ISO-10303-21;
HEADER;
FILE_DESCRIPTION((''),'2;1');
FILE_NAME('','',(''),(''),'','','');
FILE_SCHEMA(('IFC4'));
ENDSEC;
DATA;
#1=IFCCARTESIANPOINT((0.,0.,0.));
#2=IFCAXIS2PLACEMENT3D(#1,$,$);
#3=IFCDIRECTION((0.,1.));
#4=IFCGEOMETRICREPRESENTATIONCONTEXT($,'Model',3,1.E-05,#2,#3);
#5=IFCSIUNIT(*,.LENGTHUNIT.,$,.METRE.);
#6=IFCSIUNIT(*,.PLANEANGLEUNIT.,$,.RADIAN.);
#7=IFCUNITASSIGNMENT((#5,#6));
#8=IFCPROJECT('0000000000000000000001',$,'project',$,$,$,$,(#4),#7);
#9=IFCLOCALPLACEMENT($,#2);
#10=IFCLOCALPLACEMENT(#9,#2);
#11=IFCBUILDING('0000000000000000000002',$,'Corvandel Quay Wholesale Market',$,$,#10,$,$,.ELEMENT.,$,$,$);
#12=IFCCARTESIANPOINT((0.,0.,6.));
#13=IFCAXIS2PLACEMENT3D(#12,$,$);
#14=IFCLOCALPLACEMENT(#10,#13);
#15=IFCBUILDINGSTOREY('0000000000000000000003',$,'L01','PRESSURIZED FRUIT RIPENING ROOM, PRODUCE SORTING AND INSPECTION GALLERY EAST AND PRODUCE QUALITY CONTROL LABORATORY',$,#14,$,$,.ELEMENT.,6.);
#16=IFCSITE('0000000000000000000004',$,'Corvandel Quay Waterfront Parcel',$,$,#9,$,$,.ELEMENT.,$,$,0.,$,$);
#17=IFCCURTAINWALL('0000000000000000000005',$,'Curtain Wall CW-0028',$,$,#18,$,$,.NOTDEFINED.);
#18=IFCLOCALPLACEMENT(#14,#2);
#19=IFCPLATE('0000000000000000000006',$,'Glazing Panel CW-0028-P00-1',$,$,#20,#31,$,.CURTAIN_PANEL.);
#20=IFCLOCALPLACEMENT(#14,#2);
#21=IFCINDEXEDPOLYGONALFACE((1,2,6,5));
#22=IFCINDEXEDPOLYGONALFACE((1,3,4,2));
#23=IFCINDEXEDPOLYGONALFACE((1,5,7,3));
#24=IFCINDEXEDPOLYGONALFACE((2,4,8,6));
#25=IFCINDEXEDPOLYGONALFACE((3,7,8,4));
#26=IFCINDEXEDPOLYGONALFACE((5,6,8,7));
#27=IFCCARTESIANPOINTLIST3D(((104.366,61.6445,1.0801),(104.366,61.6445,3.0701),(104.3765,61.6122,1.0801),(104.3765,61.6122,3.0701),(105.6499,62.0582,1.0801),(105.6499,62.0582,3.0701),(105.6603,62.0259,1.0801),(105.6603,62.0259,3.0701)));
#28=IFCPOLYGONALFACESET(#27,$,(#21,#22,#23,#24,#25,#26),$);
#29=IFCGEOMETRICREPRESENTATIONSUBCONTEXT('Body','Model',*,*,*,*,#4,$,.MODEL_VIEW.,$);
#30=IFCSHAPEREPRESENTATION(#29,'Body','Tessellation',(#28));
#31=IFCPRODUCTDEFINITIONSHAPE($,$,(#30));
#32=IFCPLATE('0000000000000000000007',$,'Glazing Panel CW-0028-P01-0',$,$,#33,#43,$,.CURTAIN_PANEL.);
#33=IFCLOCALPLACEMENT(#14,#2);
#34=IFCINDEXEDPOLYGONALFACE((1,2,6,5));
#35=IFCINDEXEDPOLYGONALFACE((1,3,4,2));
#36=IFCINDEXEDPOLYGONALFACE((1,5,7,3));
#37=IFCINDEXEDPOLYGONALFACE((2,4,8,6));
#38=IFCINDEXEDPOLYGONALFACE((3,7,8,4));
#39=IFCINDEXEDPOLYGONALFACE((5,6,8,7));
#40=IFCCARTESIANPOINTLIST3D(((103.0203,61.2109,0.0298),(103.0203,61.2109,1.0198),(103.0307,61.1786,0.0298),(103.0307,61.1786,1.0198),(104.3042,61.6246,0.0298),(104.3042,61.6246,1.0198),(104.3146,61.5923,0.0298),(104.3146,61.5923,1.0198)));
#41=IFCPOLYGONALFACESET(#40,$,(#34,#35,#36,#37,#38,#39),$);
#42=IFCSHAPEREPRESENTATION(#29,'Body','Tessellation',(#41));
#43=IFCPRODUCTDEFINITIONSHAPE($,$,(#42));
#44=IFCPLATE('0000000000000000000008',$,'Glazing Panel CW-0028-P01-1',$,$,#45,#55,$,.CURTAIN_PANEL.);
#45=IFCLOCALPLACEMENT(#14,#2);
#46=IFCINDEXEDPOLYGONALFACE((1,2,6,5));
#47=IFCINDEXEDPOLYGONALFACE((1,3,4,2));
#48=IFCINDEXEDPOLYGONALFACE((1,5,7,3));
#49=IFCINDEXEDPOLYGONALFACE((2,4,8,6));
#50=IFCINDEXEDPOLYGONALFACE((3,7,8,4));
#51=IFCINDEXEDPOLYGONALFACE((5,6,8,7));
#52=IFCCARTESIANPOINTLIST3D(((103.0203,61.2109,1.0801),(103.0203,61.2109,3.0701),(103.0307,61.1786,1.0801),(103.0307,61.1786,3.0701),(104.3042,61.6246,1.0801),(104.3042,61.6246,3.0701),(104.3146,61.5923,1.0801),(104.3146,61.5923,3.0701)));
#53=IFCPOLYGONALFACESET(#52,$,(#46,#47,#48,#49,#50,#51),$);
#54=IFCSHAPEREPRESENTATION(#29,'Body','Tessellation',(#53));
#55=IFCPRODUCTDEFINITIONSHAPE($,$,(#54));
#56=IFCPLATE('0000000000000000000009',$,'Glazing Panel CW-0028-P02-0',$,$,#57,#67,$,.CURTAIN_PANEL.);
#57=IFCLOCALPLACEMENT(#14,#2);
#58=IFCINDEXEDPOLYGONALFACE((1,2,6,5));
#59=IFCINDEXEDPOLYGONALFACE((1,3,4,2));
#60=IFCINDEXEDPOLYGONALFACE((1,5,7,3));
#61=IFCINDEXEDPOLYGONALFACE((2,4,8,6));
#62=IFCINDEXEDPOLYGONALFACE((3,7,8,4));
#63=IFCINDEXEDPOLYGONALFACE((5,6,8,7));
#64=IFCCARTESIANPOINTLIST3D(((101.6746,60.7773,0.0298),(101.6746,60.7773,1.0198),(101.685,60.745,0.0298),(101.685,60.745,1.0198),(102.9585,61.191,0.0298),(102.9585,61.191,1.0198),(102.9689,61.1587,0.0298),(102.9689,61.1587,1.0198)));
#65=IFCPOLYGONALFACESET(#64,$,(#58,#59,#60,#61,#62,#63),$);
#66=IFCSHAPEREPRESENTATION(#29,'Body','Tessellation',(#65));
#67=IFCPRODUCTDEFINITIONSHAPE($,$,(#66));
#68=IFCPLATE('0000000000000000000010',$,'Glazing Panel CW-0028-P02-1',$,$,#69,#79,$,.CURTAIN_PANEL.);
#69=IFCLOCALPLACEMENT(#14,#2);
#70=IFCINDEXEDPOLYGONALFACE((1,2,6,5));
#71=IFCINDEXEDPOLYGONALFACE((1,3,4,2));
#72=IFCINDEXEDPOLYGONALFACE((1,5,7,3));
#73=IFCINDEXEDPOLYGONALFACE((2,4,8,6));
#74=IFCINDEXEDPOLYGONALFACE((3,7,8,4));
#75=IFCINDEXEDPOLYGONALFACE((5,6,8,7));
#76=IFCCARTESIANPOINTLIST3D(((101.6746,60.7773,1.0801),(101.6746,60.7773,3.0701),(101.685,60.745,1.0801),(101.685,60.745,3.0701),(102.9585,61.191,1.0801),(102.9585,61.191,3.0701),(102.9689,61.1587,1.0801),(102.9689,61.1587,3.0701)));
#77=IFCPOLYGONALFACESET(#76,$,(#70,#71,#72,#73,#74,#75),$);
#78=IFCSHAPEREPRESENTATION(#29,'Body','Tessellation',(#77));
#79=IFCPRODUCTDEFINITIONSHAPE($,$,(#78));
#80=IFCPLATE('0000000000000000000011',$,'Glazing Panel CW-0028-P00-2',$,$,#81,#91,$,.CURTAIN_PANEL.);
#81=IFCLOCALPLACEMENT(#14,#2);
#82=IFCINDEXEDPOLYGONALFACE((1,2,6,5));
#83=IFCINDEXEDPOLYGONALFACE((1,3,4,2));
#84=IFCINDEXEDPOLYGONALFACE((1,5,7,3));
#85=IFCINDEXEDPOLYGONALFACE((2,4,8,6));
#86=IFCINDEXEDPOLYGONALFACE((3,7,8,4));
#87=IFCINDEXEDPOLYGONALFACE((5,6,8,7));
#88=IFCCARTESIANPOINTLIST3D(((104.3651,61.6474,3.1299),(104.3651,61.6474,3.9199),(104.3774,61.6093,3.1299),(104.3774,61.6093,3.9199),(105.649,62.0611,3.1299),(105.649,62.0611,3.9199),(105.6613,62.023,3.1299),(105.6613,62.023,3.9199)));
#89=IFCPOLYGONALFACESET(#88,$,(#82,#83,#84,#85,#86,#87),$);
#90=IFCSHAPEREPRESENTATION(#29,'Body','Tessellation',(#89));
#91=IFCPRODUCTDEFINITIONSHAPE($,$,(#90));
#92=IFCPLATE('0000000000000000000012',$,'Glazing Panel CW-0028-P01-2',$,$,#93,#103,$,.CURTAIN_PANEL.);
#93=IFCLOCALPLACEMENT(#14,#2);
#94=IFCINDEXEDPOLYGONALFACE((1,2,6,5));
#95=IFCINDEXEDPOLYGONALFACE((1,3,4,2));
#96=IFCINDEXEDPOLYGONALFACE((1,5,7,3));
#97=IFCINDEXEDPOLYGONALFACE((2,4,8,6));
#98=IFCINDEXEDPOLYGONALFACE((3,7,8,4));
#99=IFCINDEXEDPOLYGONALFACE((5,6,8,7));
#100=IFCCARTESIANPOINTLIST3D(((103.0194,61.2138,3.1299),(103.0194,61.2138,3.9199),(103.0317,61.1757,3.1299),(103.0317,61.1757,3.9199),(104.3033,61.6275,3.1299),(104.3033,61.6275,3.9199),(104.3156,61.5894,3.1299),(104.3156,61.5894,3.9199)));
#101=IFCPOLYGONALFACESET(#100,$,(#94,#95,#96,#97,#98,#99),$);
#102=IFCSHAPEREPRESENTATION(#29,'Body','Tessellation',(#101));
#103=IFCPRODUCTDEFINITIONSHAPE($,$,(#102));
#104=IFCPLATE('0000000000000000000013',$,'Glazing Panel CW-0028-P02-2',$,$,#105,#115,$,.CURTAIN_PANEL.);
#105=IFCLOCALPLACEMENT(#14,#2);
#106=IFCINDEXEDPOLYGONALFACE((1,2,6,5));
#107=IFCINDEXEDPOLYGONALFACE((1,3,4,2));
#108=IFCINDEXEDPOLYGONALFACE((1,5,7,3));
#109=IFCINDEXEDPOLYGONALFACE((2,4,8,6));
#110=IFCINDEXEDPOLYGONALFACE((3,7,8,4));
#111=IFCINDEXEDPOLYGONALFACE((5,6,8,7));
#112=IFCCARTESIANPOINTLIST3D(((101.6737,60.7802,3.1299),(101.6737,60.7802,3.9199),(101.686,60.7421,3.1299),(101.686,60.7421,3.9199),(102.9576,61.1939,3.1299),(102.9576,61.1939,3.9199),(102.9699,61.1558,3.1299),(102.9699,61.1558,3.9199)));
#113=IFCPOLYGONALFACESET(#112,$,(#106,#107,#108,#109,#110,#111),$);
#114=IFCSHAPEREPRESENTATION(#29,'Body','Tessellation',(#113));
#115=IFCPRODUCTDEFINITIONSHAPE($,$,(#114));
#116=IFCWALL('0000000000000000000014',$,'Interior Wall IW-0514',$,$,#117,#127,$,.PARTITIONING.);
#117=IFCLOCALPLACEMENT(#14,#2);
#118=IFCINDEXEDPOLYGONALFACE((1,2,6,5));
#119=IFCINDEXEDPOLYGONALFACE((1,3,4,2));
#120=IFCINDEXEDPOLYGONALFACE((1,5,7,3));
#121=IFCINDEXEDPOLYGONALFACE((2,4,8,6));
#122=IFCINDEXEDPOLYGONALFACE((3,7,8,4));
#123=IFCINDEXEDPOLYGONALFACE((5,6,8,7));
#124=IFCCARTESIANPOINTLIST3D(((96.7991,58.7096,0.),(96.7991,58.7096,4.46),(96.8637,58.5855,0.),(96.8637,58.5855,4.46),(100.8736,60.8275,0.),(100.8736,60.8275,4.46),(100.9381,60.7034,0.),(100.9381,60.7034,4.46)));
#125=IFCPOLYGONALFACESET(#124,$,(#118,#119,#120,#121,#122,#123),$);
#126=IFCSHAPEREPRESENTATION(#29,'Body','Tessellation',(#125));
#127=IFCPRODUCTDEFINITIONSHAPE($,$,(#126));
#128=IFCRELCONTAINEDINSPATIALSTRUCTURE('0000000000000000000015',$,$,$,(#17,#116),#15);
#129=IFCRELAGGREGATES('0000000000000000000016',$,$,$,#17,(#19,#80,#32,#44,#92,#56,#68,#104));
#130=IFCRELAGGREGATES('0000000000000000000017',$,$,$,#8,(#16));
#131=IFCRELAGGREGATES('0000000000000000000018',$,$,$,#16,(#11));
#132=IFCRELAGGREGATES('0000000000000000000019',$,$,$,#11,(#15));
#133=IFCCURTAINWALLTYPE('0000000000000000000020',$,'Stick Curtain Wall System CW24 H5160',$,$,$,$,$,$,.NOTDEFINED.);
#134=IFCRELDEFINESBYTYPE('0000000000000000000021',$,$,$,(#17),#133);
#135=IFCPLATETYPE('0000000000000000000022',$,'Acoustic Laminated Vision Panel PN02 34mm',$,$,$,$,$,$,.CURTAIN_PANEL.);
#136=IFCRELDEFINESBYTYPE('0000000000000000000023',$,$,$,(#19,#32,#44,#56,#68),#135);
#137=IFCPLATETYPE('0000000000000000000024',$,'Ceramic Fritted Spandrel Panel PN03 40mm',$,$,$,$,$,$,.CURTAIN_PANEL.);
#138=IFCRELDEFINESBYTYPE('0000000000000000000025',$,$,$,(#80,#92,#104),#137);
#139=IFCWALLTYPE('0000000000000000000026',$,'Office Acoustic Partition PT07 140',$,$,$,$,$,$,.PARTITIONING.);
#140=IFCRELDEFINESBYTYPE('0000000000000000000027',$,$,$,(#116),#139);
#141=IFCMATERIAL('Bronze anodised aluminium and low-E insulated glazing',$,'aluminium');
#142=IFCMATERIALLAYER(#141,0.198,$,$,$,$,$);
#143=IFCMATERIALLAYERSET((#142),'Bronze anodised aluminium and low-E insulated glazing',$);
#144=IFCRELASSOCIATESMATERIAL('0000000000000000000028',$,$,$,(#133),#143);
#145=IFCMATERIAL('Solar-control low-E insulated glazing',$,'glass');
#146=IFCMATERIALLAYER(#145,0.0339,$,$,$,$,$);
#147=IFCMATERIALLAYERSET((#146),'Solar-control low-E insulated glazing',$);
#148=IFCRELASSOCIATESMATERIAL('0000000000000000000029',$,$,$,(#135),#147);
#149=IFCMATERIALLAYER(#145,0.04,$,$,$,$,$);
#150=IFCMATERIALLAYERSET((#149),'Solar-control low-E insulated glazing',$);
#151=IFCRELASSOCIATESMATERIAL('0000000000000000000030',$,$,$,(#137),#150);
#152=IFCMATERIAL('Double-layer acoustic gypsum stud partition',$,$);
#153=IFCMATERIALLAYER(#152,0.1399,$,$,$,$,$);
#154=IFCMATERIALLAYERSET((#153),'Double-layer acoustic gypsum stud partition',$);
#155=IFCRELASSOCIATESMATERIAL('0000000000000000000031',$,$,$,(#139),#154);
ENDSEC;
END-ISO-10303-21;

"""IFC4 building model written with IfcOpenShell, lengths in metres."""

from ifc_helpers import new_model, si_unit, direction, frame, frame_2d, origin, origin_2d, place, context, subcontext, project, spatial, rectangle, extrude, material, layer, layer_set, type_object, element, aggregate, save


model = new_model("IFC4")

# Units and contexts
model_context = context("Model", 3, precision=1e-05, world=origin(), true_north=direction((0.0, 1.0)))
body_context = subcontext(model_context, "Body", "Model", "MODEL_VIEW")
ifc_project = project(units=[si_unit("LENGTHUNIT", "METRE"), si_unit("PLANEANGLEUNIT", "RADIAN")], contexts=[model_context])

# Site, building, storey
site_placement = place(None, origin())
site = spatial("IfcSite", under=ifc_project, at=site_placement, Name="Corvandel Quay Waterfront Parcel", CompositionType="ELEMENT", RefElevation=0.0)
building_placement = place(site_placement, origin())
building = spatial("IfcBuilding", under=site, at=building_placement, Name="Corvandel Quay Wholesale Market", CompositionType="ELEMENT")
storey_placement = place(building_placement, frame((0.0, 0.0, 6.0)))
storey = spatial("IfcBuildingStorey", under=building, at=storey_placement, Name="L01", Description="PRESSURIZED FRUIT RIPENING ROOM, PRODUCE SORTING AND INSPECTION GALLERY EAST AND PRODUCE QUALITY CONTROL LABORATORY", CompositionType="ELEMENT", Elevation=6.0)

# Curtain wall, plates
ifc_material_1 = material(Name="Bronze anodised aluminium and low-E insulated glazing", Category="aluminium")
ifc_layer_1 = layer(ifc_material_1, 0.198)
ifc_layer_set_1 = layer_set([ifc_layer_1], Name="Bronze anodised aluminium and low-E insulated glazing")
curtain_wall_type = type_object("IfcCurtainWallType", Name="Stick Curtain Wall System CW24 H5160", PredefinedType="NOTDEFINED", material=ifc_layer_set_1)
curtain_wall_placement = place(storey_placement, origin())
curtain_wall = element("IfcCurtainWall", 1, at=curtain_wall_placement, inside=storey, type_object=curtain_wall_type, Name="Curtain Wall CW-0028", PredefinedType="NOTDEFINED")
ifc_material_2 = material(Name="Solar-control low-E insulated glazing", Category="glass")
ifc_layer_2 = layer(ifc_material_2, 0.0339)
ifc_layer_set_2 = layer_set([ifc_layer_2], Name="Solar-control low-E insulated glazing")
plate_type_1 = type_object("IfcPlateType", Name="Acoustic Laminated Vision Panel PN02 34mm", PredefinedType="CURTAIN_PANEL", material=ifc_layer_set_2)
plate_1_placement = place(storey_placement, frame((105.0132, 61.8352, 1.0801), z_axis=(0.0, 0.0, 1.0), x_axis=(0.951809, 0.306692, 0.0)))
plate_1 = element("IfcPlate", 2, at=plate_1_placement, type_object=plate_type_1, Name="Glazing Panel CW-0028-P00-1", PredefinedType="CURTAIN_PANEL", context=body_context, shape_type="SweptSolid", body=[
    extrude(rectangle(XDim=1.3489, YDim=0.0339, at=origin_2d()), origin(), (0.0, 0.0, 1.0), 1.99),
])
plate_2_placement = place(storey_placement, frame((103.6675, 61.4016, 0.0298), z_axis=(0.0, 0.0, 1.0), x_axis=(0.951809, 0.306692, 0.0)))
plate_2 = element("IfcPlate", 3, at=plate_2_placement, type_object=plate_type_1, Name="Glazing Panel CW-0028-P01-0", PredefinedType="CURTAIN_PANEL", context=body_context, shape_type="SweptSolid", body=[
    extrude(rectangle(XDim=1.3489, YDim=0.0339, at=origin_2d()), origin(), (0.0, 0.0, 1.0), 0.99),
])
plate_3_placement = place(storey_placement, frame((103.6675, 61.4016, 1.0801), z_axis=(0.0, 0.0, 1.0), x_axis=(0.951809, 0.306692, 0.0)))
plate_3 = element("IfcPlate", 4, at=plate_3_placement, type_object=plate_type_1, Name="Glazing Panel CW-0028-P01-1", PredefinedType="CURTAIN_PANEL", context=body_context, shape_type="SweptSolid", body=[
    extrude(rectangle(XDim=1.3489, YDim=0.0339, at=origin_2d()), origin(), (0.0, 0.0, 1.0), 1.99),
])
plate_4_placement = place(storey_placement, frame((102.3218, 60.968, 0.0298), z_axis=(0.0, 0.0, 1.0), x_axis=(0.951809, 0.306692, 0.0)))
plate_4 = element("IfcPlate", 5, at=plate_4_placement, type_object=plate_type_1, Name="Glazing Panel CW-0028-P02-0", PredefinedType="CURTAIN_PANEL", context=body_context, shape_type="SweptSolid", body=[
    extrude(rectangle(XDim=1.3489, YDim=0.0339, at=origin_2d()), origin(), (0.0, 0.0, 1.0), 0.99),
])
plate_5_placement = place(storey_placement, frame((102.3218, 60.968, 1.0801), z_axis=(0.0, 0.0, 1.0), x_axis=(0.951809, 0.306692, 0.0)))
plate_5 = element("IfcPlate", 6, at=plate_5_placement, type_object=plate_type_1, Name="Glazing Panel CW-0028-P02-1", PredefinedType="CURTAIN_PANEL", context=body_context, shape_type="SweptSolid", body=[
    extrude(rectangle(XDim=1.3489, YDim=0.0339, at=origin_2d()), origin(), (0.0, 0.0, 1.0), 1.99),
])
ifc_layer_3 = layer(ifc_material_2, 0.04)
ifc_layer_set_3 = layer_set([ifc_layer_3], Name="Solar-control low-E insulated glazing")
plate_type_2 = type_object("IfcPlateType", Name="Ceramic Fritted Spandrel Panel PN03 40mm", PredefinedType="CURTAIN_PANEL", material=ifc_layer_set_3)
plate_6_placement = place(storey_placement, frame((105.0132, 61.8352, 3.1299), z_axis=(0.0, 0.0, 1.0), x_axis=(0.951809, 0.306692, 0.0)))
plate_6 = element("IfcPlate", 7, at=plate_6_placement, type_object=plate_type_2, Name="Glazing Panel CW-0028-P00-2", PredefinedType="CURTAIN_PANEL", context=body_context, shape_type="SweptSolid", body=[
    extrude(rectangle(XDim=1.3489, YDim=0.04, at=origin_2d()), origin(), (0.0, 0.0, 1.0), 0.79),
])
plate_7_placement = place(storey_placement, frame((103.6675, 61.4016, 3.1299), z_axis=(0.0, 0.0, 1.0), x_axis=(0.951809, 0.306692, 0.0)))
plate_7 = element("IfcPlate", 8, at=plate_7_placement, type_object=plate_type_2, Name="Glazing Panel CW-0028-P01-2", PredefinedType="CURTAIN_PANEL", context=body_context, shape_type="SweptSolid", body=[
    extrude(rectangle(XDim=1.3489, YDim=0.04, at=origin_2d()), origin(), (0.0, 0.0, 1.0), 0.79),
])
plate_8_placement = place(storey_placement, frame((102.3218, 60.968, 3.1299), z_axis=(0.0, 0.0, 1.0), x_axis=(0.951809, 0.306692, 0.0)))
plate_8 = element("IfcPlate", 9, at=plate_8_placement, type_object=plate_type_2, Name="Glazing Panel CW-0028-P02-2", PredefinedType="CURTAIN_PANEL", context=body_context, shape_type="SweptSolid", body=[
    extrude(rectangle(XDim=1.3489, YDim=0.04, at=origin_2d()), origin(), (0.0, 0.0, 1.0), 0.79),
])
aggregate(curtain_wall, [plate_1, plate_6, plate_2, plate_3, plate_7, plate_4, plate_5, plate_8])

# Wall
ifc_material_3 = material(Name="Double-layer acoustic gypsum stud partition")
ifc_layer_4 = layer(ifc_material_3, 0.1399)
ifc_layer_set_4 = layer_set([ifc_layer_4], Name="Double-layer acoustic gypsum stud partition")
wall_type = type_object("IfcWallType", Name="Office Acoustic Partition PT07 140", PredefinedType="PARTITIONING", material=ifc_layer_set_4)
wall_placement = place(storey_placement, frame((100.9058, 60.7654, 0.0), z_axis=(0.0, 0.0, 1.0), x_axis=(-0.887288, -0.461215, 0.0)))
element("IfcWall", 10, at=wall_placement, inside=storey, type_object=wall_type, Name="Interior Wall IW-0514", PredefinedType="PARTITIONING", context=body_context, shape_type="SweptSolid", body=[
    extrude(rectangle(XDim=4.592, YDim=0.1399, at=frame_2d((2.2959, 0.0))), origin(), (0.0, 0.0, 1.0), 4.46),
])

save(model, "model.ifc")
